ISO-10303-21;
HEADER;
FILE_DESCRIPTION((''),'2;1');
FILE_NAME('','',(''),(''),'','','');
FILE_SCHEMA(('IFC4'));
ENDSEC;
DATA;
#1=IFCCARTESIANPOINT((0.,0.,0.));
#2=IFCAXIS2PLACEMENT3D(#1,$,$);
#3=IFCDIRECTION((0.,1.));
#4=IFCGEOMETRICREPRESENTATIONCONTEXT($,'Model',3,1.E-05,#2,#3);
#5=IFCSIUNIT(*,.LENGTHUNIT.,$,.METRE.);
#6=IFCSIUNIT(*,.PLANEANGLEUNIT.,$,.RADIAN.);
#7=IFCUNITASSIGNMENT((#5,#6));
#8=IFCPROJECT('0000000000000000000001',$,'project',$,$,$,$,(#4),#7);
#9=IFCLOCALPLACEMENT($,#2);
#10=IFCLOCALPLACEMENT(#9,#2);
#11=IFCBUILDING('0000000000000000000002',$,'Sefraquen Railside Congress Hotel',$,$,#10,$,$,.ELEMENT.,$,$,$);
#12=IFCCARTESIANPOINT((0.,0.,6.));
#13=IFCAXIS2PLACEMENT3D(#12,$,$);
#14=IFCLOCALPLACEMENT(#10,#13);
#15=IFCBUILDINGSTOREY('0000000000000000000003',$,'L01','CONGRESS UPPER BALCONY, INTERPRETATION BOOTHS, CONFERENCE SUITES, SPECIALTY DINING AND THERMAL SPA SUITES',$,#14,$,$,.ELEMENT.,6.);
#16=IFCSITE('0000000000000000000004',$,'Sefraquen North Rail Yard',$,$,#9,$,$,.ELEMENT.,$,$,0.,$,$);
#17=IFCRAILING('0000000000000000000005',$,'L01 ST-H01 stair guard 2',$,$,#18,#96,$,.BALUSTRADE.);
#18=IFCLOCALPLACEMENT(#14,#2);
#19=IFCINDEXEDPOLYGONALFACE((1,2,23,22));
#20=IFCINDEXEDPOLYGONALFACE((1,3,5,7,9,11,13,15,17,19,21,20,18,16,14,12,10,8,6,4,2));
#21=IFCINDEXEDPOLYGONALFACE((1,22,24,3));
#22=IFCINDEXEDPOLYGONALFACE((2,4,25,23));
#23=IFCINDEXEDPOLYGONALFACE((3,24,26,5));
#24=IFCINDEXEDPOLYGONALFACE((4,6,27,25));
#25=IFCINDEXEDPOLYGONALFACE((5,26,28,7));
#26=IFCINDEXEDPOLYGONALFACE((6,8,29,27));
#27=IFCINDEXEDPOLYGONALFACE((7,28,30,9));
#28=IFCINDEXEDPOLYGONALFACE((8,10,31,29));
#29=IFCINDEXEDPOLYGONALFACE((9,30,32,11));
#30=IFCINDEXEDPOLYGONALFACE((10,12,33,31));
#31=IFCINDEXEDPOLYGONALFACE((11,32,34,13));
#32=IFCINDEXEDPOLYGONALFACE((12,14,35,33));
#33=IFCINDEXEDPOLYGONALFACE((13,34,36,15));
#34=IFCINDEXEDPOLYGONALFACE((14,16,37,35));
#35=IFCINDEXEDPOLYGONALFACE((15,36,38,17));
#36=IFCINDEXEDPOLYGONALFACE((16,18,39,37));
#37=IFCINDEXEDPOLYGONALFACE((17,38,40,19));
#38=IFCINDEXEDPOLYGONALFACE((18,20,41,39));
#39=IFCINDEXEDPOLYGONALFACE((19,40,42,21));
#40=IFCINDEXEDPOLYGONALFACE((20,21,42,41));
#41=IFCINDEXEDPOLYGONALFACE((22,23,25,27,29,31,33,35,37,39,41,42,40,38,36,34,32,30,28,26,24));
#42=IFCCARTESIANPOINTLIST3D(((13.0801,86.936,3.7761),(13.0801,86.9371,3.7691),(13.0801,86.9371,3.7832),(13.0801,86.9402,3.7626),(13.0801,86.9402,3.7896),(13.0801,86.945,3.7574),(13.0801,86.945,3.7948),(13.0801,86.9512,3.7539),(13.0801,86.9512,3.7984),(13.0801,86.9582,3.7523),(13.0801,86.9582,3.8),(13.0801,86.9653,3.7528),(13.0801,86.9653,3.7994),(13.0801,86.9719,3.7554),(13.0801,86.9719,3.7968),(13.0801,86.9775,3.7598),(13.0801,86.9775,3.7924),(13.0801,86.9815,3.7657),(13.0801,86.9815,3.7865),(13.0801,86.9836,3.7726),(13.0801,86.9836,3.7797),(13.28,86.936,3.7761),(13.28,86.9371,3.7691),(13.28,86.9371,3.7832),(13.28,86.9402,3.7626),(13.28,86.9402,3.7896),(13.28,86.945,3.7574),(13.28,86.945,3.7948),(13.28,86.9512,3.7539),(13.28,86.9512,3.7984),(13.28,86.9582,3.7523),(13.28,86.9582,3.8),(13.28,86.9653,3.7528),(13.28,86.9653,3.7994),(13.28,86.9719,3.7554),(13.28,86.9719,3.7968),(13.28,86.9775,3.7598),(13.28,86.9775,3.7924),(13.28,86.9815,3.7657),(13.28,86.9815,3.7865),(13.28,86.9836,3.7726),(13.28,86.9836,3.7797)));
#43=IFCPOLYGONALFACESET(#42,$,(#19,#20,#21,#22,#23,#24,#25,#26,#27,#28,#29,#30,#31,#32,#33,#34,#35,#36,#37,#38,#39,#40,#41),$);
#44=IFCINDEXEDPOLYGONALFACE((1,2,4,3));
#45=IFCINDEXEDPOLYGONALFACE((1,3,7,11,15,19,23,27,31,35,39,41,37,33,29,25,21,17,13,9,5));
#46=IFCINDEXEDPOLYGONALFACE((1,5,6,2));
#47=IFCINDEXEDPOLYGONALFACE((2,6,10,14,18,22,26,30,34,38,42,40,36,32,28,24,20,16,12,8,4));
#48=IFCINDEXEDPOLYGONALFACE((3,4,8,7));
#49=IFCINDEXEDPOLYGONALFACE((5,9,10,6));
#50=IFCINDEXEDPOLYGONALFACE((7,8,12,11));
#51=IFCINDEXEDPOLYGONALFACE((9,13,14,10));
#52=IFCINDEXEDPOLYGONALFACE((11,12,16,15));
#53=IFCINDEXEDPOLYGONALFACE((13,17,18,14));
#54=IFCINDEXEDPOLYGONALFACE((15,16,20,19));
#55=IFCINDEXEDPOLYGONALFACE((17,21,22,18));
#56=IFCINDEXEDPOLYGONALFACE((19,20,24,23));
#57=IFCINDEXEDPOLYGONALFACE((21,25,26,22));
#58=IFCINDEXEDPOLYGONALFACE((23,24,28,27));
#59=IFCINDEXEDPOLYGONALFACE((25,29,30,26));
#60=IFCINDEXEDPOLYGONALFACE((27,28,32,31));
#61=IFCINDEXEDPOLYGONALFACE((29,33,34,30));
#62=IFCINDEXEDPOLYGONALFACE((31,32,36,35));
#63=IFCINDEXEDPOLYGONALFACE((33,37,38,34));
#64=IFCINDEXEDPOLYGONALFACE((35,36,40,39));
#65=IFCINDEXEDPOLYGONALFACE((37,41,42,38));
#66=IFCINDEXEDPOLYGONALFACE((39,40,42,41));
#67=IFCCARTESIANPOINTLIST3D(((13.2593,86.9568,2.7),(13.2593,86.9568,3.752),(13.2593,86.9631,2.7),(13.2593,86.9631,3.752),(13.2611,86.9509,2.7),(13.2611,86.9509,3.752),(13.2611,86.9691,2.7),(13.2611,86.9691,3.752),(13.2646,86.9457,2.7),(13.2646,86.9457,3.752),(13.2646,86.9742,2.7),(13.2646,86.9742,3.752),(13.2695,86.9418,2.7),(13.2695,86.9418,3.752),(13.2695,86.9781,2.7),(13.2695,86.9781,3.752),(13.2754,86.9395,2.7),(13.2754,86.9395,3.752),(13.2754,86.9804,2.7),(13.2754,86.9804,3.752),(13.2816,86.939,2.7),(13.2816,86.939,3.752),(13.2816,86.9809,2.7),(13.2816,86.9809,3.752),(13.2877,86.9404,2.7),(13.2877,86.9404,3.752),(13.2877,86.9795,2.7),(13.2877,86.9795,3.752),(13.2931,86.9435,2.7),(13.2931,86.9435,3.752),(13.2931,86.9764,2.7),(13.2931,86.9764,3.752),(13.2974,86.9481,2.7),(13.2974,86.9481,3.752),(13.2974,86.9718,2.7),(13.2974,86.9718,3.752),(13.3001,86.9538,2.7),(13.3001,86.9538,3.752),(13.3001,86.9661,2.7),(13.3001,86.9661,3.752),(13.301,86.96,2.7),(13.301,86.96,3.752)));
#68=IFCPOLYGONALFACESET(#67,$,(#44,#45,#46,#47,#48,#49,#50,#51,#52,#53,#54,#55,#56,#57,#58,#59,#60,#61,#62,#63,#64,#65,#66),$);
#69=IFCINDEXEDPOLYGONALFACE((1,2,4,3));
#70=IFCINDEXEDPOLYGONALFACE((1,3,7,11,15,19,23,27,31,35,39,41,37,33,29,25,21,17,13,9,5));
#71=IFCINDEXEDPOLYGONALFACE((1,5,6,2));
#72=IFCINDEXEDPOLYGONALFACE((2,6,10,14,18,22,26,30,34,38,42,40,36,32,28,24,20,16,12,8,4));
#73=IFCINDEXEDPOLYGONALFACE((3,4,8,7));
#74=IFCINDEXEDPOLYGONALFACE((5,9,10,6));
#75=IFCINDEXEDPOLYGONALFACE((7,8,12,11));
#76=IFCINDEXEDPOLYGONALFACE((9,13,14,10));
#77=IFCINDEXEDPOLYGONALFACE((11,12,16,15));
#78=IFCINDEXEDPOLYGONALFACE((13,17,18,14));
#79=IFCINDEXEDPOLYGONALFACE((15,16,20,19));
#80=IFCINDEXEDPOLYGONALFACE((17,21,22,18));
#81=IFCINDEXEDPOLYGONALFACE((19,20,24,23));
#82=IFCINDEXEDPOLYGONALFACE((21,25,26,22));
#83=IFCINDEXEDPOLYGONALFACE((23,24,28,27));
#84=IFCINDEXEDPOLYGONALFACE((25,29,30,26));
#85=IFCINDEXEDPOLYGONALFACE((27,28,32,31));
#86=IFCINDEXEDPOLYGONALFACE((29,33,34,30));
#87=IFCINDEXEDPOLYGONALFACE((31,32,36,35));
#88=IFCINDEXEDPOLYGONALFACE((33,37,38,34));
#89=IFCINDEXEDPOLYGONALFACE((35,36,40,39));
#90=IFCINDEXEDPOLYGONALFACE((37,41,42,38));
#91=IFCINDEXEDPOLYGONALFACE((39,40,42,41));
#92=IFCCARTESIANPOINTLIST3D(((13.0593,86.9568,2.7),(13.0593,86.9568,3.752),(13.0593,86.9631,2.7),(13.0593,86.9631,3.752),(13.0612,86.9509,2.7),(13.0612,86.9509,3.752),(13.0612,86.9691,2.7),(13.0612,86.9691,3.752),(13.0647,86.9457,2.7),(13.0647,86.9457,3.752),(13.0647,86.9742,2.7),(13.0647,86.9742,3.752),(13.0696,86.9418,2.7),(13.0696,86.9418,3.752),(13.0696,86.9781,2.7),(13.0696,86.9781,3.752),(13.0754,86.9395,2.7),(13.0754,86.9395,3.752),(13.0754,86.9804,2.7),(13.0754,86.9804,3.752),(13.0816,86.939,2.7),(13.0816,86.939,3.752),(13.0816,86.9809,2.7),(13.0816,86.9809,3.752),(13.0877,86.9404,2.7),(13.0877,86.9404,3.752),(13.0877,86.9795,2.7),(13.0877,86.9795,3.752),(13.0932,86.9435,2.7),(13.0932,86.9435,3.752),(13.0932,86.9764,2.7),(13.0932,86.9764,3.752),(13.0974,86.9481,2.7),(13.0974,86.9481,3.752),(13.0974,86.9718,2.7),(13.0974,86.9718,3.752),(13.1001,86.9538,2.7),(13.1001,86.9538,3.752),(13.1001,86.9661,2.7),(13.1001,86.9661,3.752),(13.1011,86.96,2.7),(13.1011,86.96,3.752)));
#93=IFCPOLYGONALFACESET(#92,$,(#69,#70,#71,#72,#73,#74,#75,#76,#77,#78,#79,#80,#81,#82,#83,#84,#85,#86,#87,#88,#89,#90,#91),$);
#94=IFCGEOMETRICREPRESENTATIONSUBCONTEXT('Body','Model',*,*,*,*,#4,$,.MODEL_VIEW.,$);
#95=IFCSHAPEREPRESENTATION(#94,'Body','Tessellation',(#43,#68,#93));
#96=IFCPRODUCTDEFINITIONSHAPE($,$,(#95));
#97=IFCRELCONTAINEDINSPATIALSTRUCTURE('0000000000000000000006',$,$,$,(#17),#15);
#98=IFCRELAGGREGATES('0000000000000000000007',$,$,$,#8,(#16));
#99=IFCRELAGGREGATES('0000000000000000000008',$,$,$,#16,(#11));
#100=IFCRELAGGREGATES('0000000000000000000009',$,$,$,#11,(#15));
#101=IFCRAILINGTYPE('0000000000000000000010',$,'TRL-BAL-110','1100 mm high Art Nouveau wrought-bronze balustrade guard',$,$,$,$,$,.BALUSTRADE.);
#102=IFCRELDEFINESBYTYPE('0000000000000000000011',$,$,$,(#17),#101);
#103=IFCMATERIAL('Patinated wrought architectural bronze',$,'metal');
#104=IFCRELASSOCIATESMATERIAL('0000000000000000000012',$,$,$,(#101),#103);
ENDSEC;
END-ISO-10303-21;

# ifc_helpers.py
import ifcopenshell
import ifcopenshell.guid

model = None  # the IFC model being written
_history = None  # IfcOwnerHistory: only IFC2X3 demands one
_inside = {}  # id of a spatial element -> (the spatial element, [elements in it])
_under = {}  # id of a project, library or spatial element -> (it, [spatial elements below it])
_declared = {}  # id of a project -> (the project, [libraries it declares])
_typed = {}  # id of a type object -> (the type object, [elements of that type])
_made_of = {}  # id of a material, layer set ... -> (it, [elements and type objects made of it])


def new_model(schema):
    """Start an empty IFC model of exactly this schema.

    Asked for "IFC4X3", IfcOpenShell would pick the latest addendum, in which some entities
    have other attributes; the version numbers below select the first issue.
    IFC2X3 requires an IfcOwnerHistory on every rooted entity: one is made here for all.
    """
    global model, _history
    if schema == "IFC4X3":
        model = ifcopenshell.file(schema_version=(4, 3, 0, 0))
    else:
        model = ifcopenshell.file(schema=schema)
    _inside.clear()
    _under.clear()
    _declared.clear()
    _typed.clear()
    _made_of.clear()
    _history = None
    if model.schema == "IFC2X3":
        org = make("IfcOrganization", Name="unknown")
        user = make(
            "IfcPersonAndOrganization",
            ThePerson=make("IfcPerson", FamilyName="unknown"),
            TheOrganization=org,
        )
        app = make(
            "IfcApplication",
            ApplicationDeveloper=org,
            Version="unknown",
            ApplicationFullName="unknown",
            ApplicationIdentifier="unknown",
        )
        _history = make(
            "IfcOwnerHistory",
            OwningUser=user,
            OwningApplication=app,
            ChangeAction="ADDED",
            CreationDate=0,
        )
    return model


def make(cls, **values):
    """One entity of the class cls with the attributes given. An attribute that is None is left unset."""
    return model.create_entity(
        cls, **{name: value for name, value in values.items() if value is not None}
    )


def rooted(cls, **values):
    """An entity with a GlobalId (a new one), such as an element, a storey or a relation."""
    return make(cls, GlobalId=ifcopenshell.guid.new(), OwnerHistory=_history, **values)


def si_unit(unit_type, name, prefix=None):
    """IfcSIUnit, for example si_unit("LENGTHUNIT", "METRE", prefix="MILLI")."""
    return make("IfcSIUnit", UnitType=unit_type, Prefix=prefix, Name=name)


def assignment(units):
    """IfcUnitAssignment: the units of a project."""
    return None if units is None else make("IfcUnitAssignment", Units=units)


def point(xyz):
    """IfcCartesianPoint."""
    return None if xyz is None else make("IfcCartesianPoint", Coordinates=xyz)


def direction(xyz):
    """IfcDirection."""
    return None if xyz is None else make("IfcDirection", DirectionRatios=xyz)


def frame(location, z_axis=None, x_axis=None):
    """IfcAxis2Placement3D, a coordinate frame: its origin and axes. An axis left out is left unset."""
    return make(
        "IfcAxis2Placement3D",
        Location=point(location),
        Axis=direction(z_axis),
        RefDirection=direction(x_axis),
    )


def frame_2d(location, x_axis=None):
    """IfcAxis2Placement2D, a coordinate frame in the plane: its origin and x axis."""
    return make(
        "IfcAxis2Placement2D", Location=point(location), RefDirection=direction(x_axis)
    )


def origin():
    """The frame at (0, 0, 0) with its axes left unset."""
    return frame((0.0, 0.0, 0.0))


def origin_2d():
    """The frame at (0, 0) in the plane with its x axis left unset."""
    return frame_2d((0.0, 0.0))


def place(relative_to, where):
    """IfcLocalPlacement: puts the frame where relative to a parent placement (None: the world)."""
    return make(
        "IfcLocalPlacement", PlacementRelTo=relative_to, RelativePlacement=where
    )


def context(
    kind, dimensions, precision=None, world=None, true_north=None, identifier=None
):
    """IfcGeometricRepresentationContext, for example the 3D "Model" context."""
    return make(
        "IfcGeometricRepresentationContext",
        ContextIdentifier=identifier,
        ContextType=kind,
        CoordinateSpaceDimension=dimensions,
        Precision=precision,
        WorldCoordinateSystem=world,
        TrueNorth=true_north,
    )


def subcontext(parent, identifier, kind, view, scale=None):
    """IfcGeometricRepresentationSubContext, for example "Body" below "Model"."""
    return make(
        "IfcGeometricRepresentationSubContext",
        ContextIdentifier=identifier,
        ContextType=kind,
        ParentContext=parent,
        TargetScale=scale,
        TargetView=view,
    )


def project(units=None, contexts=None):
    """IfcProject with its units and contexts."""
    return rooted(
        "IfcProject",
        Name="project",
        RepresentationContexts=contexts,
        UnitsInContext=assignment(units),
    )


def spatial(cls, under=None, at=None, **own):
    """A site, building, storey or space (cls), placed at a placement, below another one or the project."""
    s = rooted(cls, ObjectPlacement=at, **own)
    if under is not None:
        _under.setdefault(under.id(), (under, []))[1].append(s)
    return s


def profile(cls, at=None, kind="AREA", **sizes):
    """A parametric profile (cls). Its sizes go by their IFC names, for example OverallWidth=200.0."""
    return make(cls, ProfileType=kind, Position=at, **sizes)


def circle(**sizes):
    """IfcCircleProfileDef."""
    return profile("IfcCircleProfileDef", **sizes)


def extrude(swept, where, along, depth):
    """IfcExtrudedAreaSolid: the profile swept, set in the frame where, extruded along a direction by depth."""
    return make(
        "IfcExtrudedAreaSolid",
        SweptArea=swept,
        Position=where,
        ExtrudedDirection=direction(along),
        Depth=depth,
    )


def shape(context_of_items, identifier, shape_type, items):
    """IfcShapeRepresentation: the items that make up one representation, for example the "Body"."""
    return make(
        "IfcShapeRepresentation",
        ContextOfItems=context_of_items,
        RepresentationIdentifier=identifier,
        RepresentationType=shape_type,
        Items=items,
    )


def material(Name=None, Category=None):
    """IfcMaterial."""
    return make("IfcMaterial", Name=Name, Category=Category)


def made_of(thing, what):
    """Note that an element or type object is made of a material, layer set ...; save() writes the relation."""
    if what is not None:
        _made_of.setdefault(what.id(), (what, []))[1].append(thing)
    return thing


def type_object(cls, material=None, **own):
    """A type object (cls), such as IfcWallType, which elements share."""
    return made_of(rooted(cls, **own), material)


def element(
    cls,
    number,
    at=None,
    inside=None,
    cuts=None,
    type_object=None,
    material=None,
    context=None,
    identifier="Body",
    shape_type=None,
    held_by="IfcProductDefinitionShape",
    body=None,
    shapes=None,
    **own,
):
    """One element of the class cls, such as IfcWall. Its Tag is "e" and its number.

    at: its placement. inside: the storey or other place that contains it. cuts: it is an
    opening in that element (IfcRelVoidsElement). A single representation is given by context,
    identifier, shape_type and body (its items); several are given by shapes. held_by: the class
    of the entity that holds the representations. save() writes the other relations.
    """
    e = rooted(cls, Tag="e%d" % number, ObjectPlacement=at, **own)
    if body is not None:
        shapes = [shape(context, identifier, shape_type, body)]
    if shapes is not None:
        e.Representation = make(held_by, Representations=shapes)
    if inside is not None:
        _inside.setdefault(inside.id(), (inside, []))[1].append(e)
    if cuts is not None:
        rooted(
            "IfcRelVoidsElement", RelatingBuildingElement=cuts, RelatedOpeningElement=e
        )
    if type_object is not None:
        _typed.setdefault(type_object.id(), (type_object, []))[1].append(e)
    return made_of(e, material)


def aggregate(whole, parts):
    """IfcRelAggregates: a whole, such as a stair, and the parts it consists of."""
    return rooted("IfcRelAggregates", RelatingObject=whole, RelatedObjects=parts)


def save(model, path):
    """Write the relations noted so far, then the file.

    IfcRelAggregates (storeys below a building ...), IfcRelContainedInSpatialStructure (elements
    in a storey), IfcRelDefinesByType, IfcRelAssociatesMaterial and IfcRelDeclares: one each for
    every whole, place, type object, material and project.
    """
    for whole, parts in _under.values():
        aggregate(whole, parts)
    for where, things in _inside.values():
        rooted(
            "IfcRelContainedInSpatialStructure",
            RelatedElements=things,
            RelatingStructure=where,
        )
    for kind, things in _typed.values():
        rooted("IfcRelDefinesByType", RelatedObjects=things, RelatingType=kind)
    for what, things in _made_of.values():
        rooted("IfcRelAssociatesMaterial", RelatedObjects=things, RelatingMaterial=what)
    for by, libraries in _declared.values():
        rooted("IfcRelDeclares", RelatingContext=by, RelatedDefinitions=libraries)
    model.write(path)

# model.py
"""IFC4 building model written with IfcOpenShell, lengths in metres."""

from ifc_helpers import new_model, si_unit, direction, frame, origin, origin_2d, place, context, subcontext, project, spatial, circle, extrude, material, type_object, element, save


model = new_model("IFC4")

# Units and contexts
model_context = context("Model", 3, precision=1e-05, world=origin(), true_north=direction((0.0, 1.0)))
body_context = subcontext(model_context, "Body", "Model", "MODEL_VIEW")
ifc_project = project(units=[si_unit("LENGTHUNIT", "METRE"), si_unit("PLANEANGLEUNIT", "RADIAN")], contexts=[model_context])

# Site, building, storey
site_placement = place(None, origin())
site = spatial("IfcSite", under=ifc_project, at=site_placement, Name="Sefraquen North Rail Yard", CompositionType="ELEMENT", RefElevation=0.0)
building_placement = place(site_placement, origin())
building = spatial("IfcBuilding", under=site, at=building_placement, Name="Sefraquen Railside Congress Hotel", CompositionType="ELEMENT")
storey_placement = place(building_placement, frame((0.0, 0.0, 6.0)))
storey = spatial("IfcBuildingStorey", under=building, at=storey_placement, Name="L01", Description="CONGRESS UPPER BALCONY, INTERPRETATION BOOTHS, CONFERENCE SUITES, SPECIALTY DINING AND THERMAL SPA SUITES", CompositionType="ELEMENT", Elevation=6.0)

# Railing
ifc_material_1 = material(Name="Patinated wrought architectural bronze", Category="metal")
railing_type_1 = type_object("IfcRailingType", Name="TRL-BAL-110", Description="1100 mm high Art Nouveau wrought-bronze balustrade guard", PredefinedType="BALUSTRADE", material=ifc_material_1)
railing_1_placement = place(storey_placement, frame((13.28, 86.96, 2.7)))
element("IfcRailing", 1, at=railing_1_placement, inside=storey, type_object=railing_type_1, Name="L01 ST-H01 stair guard 2", PredefinedType="BALUSTRADE", context=body_context, shape_type="SweptSolid", body=[
    extrude(circle(Radius=0.0239, at=origin_2d()), frame((0.0, 0.0, 1.0762), z_axis=(-1.0, 0.0, 0.0), x_axis=(0.0, -1.0, 0.0)), (0.0, 0.0, 1.0), 0.2),
    extrude(circle(Radius=0.021, at=origin_2d()), origin(), (0.0, 0.0, 1.0), 1.052),
    extrude(circle(Radius=0.021, at=origin_2d()), frame((-0.2, 0.0, 0.0)), (0.0, 0.0, 1.0), 1.052),
])

save(model, "model.ifc")
